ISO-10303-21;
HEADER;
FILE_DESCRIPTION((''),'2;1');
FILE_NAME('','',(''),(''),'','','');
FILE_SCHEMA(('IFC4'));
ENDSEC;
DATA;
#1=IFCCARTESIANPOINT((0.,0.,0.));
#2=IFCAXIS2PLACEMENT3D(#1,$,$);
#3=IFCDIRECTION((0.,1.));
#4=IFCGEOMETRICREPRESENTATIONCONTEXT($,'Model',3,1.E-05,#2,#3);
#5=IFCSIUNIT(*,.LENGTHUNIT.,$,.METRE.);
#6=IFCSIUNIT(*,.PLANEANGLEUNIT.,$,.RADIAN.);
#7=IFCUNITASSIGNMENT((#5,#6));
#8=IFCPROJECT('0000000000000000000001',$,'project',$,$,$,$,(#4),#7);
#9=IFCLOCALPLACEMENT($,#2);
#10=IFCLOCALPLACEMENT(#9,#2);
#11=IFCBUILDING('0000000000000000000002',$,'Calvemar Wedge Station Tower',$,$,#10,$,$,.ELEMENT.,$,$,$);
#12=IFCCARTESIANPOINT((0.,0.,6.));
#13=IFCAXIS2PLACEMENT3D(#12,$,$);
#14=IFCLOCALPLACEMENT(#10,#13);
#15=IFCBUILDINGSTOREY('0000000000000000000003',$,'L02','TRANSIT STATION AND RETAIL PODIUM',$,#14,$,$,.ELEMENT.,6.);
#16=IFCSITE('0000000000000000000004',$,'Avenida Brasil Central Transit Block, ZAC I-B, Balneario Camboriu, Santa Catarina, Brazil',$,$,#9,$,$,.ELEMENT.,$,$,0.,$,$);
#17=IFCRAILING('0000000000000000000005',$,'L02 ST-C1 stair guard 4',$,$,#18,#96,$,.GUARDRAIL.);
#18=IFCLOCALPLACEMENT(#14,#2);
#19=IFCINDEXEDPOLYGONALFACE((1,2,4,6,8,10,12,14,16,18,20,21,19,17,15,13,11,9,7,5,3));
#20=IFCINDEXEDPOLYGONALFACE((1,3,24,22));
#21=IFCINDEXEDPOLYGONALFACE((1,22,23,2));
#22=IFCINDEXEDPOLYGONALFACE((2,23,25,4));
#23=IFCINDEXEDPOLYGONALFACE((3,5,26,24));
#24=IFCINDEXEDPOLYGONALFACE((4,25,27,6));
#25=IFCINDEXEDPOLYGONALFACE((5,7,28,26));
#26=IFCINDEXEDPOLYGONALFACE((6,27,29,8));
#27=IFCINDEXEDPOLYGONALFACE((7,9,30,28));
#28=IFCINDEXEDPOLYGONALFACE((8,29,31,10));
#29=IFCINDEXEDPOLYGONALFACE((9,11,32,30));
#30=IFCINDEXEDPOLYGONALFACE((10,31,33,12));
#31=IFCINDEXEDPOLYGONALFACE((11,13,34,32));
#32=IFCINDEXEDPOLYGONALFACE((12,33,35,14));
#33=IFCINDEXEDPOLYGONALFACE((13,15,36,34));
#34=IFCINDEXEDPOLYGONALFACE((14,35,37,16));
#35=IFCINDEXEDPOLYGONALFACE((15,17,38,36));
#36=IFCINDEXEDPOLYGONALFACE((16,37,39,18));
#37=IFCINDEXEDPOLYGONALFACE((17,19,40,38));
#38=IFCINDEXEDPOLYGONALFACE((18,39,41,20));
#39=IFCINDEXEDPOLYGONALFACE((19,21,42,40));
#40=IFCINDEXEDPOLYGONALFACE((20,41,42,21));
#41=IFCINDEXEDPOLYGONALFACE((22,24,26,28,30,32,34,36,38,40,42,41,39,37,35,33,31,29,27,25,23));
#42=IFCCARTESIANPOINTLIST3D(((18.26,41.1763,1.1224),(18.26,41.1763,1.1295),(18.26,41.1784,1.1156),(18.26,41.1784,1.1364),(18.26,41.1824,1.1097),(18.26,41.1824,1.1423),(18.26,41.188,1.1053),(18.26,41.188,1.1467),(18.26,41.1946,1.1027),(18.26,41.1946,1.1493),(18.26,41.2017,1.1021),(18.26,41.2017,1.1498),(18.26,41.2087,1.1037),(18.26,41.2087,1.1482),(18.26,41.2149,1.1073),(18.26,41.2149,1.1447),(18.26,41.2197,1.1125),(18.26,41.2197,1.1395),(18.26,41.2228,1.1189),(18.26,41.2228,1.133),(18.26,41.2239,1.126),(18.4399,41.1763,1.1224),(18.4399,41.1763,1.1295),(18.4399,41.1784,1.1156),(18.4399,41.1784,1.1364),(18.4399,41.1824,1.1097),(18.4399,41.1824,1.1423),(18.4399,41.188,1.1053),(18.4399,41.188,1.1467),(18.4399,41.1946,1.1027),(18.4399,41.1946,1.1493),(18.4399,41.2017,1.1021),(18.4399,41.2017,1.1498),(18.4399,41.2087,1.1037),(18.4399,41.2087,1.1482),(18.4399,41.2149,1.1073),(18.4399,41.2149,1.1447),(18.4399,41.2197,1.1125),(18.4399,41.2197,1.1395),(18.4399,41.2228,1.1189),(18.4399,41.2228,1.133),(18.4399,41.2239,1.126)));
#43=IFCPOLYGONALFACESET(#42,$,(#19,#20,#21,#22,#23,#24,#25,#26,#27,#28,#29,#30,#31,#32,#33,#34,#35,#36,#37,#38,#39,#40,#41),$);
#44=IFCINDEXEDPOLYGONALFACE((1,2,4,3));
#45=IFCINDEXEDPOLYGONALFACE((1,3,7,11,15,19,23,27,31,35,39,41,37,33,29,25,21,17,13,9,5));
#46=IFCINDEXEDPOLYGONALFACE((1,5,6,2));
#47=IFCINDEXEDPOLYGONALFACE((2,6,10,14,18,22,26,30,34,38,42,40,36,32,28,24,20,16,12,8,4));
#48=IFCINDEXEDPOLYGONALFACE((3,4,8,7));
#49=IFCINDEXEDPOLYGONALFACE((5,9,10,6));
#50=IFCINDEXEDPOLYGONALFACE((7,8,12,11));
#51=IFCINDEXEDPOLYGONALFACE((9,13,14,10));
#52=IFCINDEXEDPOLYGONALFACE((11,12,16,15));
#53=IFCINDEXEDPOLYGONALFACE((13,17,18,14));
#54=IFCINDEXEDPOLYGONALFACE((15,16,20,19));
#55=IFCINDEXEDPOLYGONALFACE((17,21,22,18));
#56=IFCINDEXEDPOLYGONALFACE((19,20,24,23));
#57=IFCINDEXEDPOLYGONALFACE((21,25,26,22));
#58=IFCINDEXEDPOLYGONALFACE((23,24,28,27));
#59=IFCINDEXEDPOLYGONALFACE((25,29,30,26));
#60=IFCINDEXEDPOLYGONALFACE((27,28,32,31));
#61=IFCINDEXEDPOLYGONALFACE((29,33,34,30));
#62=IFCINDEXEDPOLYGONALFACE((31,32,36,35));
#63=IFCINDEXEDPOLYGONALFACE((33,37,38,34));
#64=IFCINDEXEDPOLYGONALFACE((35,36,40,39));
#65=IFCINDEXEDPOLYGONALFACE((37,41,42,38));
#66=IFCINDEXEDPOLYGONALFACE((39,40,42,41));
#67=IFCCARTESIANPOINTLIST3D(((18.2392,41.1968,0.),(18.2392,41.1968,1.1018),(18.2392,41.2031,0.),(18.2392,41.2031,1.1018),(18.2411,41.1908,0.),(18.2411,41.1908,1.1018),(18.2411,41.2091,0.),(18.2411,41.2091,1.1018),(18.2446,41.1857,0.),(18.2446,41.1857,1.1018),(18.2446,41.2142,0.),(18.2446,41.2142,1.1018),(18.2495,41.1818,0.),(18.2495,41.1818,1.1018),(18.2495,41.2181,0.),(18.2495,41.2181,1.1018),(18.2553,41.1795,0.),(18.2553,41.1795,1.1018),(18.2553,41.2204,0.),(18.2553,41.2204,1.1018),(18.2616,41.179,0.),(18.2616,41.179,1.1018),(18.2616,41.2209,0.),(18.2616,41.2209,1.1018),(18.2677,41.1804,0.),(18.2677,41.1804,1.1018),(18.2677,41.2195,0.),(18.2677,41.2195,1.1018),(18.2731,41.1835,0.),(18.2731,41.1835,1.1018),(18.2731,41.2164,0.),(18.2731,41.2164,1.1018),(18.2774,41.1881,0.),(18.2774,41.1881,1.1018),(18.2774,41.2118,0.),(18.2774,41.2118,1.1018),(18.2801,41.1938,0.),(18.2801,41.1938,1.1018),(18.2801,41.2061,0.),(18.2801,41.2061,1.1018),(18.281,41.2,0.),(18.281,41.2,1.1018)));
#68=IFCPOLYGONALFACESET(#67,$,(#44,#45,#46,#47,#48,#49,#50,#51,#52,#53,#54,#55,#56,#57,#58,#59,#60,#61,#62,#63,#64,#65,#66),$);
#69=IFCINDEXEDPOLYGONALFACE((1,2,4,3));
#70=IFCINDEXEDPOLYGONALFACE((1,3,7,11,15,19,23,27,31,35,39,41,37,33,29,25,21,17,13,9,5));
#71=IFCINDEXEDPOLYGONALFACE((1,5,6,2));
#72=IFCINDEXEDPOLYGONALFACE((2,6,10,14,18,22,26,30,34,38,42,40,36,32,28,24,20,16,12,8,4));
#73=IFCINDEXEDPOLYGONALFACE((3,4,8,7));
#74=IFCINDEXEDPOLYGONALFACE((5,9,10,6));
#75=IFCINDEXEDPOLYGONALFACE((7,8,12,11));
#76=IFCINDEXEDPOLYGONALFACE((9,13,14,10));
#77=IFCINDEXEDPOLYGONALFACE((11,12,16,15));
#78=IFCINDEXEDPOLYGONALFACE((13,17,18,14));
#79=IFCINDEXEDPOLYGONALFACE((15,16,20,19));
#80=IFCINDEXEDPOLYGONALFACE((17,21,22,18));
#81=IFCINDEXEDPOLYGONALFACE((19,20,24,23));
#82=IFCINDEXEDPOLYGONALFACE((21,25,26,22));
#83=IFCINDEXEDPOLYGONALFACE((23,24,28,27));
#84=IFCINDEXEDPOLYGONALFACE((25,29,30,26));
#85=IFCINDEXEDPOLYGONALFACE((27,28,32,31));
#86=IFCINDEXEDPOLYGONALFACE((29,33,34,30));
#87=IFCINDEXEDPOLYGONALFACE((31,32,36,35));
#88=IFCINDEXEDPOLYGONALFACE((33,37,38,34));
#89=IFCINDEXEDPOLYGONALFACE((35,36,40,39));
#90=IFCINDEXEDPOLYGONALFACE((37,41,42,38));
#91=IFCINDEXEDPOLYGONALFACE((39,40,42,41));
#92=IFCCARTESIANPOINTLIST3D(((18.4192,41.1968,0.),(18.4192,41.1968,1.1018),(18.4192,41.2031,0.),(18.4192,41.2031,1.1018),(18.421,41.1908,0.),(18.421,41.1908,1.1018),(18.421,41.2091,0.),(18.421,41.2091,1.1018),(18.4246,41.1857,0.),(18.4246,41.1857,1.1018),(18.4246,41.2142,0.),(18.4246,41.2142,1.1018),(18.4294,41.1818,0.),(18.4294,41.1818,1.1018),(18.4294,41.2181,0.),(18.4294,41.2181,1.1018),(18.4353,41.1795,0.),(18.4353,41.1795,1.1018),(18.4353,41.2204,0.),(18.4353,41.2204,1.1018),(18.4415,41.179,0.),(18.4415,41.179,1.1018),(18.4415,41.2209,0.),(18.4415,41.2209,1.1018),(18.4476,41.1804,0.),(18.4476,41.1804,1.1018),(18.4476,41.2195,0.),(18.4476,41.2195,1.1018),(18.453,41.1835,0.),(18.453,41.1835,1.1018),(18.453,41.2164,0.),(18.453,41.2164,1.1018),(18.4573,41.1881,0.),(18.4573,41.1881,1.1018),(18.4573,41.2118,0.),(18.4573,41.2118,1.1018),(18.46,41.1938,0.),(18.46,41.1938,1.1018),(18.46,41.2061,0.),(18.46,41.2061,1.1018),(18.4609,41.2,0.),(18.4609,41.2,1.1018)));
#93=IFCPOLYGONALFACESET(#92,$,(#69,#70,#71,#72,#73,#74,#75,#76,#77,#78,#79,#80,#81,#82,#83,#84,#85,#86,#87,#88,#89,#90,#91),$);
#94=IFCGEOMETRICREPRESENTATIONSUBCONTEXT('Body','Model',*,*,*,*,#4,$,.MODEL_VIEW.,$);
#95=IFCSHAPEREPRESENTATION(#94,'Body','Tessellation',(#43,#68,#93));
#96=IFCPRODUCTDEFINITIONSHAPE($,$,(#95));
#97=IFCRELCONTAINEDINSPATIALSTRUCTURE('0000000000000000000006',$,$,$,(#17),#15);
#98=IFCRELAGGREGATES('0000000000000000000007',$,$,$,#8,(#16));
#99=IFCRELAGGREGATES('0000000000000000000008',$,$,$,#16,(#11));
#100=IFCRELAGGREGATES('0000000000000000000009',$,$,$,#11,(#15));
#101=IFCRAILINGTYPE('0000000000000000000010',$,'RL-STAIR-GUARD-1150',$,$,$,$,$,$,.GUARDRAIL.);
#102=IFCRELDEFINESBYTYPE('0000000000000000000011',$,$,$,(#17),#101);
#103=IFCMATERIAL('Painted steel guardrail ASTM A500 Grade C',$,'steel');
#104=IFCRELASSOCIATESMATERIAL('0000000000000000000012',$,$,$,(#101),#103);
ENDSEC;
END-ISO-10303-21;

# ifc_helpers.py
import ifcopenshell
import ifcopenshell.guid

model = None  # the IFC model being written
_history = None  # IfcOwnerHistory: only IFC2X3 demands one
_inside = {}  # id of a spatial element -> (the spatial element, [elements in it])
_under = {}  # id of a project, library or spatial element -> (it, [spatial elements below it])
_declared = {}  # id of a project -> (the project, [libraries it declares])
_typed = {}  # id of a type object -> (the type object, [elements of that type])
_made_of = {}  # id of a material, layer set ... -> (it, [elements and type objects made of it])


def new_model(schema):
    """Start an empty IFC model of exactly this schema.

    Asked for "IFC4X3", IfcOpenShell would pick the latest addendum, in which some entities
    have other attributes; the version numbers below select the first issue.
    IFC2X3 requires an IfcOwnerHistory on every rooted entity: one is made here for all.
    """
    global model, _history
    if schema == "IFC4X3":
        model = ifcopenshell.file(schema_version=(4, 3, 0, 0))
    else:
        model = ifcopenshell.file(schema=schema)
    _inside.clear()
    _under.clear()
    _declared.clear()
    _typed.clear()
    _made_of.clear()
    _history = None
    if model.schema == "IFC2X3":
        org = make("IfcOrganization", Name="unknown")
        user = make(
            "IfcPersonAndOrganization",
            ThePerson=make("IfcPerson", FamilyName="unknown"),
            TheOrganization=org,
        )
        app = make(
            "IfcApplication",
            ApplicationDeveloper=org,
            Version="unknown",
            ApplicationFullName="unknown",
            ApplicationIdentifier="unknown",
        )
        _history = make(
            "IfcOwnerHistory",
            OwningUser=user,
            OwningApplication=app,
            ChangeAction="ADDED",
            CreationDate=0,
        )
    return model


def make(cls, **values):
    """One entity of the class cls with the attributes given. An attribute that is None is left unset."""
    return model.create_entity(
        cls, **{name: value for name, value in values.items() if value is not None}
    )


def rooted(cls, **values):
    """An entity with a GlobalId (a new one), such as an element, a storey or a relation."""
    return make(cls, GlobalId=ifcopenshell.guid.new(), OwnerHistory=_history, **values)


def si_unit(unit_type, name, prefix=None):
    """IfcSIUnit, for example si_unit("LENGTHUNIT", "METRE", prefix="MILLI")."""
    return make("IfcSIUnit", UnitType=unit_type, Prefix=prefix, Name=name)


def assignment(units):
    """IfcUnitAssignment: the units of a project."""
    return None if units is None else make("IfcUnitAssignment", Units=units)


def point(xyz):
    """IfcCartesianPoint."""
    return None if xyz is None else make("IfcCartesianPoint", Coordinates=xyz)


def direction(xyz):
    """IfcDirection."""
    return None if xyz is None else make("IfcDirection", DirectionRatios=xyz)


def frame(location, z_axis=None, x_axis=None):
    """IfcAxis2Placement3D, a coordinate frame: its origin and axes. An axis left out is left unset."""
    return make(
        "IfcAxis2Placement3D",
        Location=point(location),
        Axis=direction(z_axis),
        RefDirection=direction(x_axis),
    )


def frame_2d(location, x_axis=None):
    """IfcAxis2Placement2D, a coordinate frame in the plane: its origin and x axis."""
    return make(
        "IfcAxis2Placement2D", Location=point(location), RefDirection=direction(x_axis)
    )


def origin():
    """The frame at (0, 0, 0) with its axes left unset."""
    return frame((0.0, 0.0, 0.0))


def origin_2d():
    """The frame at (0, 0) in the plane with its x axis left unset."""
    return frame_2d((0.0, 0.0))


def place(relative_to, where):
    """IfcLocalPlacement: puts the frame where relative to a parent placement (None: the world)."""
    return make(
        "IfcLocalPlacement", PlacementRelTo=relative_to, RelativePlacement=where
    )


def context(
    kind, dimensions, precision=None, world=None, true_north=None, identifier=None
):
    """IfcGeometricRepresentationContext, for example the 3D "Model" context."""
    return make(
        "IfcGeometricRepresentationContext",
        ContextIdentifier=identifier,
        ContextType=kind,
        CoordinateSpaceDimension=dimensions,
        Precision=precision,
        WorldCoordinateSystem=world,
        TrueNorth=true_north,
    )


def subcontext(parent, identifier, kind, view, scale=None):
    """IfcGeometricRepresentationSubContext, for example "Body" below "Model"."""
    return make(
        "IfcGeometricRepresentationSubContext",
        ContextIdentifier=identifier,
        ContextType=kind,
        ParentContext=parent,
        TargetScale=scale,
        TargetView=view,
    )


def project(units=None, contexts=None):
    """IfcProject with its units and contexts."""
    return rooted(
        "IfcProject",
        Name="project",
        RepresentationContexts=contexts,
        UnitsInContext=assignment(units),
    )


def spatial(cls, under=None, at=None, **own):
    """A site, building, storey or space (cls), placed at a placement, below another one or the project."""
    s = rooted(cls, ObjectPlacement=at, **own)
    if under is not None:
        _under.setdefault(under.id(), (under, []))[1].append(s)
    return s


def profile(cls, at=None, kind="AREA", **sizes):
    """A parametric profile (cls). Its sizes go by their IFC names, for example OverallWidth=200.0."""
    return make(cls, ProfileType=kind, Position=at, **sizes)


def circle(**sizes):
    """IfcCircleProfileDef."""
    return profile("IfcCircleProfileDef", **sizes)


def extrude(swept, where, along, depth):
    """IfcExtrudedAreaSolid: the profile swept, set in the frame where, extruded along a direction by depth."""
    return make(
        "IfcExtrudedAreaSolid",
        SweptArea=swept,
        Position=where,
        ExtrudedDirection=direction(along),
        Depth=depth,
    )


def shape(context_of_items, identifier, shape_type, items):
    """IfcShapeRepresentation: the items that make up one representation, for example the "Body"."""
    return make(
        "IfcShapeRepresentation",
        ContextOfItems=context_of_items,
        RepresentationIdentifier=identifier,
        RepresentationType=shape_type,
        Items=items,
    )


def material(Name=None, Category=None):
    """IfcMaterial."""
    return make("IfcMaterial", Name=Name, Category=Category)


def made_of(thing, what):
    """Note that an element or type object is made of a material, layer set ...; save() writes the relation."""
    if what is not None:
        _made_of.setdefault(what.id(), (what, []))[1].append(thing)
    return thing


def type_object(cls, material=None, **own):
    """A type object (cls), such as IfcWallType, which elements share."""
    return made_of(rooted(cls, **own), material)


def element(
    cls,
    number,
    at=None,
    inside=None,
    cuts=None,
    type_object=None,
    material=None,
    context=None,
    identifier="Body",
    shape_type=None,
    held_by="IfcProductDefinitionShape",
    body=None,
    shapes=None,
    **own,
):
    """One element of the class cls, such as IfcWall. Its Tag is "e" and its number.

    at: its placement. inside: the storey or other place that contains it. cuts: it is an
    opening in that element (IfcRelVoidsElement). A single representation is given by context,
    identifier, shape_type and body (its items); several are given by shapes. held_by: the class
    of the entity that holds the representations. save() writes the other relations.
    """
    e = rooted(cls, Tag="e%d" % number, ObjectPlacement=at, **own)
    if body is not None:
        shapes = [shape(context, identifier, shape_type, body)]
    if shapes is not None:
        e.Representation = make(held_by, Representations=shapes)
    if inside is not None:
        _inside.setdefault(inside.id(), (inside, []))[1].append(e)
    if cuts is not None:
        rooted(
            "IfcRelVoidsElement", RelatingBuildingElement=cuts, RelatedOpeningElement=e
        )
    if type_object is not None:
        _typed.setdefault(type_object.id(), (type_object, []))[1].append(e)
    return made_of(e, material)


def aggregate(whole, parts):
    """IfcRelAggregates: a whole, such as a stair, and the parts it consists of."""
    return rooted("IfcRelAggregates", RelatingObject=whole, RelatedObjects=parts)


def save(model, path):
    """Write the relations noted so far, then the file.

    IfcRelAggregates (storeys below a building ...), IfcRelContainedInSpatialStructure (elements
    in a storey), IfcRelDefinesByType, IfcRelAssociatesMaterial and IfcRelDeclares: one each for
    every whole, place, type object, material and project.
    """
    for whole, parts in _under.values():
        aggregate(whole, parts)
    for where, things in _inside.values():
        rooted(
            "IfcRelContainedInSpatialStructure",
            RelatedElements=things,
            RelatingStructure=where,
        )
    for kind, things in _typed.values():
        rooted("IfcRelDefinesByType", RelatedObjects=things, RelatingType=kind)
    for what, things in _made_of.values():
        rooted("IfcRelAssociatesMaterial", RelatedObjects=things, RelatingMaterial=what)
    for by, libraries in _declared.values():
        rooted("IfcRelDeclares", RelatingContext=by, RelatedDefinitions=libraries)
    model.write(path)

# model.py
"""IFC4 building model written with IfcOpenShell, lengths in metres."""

from ifc_helpers import new_model, si_unit, direction, frame, origin, origin_2d, place, context, subcontext, project, spatial, circle, extrude, material, type_object, element, save


model = new_model("IFC4")

# Units and contexts
model_context = context("Model", 3, precision=1e-05, world=origin(), true_north=direction((0.0, 1.0)))
body_context = subcontext(model_context, "Body", "Model", "MODEL_VIEW")
ifc_project = project(units=[si_unit("LENGTHUNIT", "METRE"), si_unit("PLANEANGLEUNIT", "RADIAN")], contexts=[model_context])

# Site, building, storey
site_placement = place(None, origin())
site = spatial("IfcSite", under=ifc_project, at=site_placement, Name="Avenida Brasil Central Transit Block, ZAC I-B, Balneario Camboriu, Santa Catarina, Brazil", CompositionType="ELEMENT", RefElevation=0.0)
building_placement = place(site_placement, origin())
building = spatial("IfcBuilding", under=site, at=building_placement, Name="Calvemar Wedge Station Tower", CompositionType="ELEMENT")
storey_placement = place(building_placement, frame((0.0, 0.0, 6.0)))
storey = spatial("IfcBuildingStorey", under=building, at=storey_placement, Name="L02", Description="TRANSIT STATION AND RETAIL PODIUM", CompositionType="ELEMENT", Elevation=6.0)

# Railing
ifc_material_1 = material(Name="Painted steel guardrail ASTM A500 Grade C", Category="steel")
railing_type_1 = type_object("IfcRailingType", Name="RL-STAIR-GUARD-1150", PredefinedType="GUARDRAIL", material=ifc_material_1)
railing_1_placement = place(storey_placement, frame((18.26, 41.2, 0.0)))
element("IfcRailing", 1, at=railing_1_placement, inside=storey, type_object=railing_type_1, Name="L02 ST-C1 stair guard 4", PredefinedType="GUARDRAIL", context=body_context, shape_type="SweptSolid", body=[
    extrude(circle(Radius=0.0239, at=origin_2d()), frame((0.0, 0.0, 1.126), z_axis=(1.0, 0.0, 0.0), x_axis=(0.0, 1.0, 0.0)), (0.0, 0.0, 1.0), 0.1799),
    extrude(circle(Radius=0.021, at=origin_2d()), origin(), (0.0, 0.0, 1.0), 1.1018),
    extrude(circle(Radius=0.021, at=origin_2d()), frame((0.1799, 0.0, 0.0)), (0.0, 0.0, 1.0), 1.1018),
])

save(model, "model.ifc")
